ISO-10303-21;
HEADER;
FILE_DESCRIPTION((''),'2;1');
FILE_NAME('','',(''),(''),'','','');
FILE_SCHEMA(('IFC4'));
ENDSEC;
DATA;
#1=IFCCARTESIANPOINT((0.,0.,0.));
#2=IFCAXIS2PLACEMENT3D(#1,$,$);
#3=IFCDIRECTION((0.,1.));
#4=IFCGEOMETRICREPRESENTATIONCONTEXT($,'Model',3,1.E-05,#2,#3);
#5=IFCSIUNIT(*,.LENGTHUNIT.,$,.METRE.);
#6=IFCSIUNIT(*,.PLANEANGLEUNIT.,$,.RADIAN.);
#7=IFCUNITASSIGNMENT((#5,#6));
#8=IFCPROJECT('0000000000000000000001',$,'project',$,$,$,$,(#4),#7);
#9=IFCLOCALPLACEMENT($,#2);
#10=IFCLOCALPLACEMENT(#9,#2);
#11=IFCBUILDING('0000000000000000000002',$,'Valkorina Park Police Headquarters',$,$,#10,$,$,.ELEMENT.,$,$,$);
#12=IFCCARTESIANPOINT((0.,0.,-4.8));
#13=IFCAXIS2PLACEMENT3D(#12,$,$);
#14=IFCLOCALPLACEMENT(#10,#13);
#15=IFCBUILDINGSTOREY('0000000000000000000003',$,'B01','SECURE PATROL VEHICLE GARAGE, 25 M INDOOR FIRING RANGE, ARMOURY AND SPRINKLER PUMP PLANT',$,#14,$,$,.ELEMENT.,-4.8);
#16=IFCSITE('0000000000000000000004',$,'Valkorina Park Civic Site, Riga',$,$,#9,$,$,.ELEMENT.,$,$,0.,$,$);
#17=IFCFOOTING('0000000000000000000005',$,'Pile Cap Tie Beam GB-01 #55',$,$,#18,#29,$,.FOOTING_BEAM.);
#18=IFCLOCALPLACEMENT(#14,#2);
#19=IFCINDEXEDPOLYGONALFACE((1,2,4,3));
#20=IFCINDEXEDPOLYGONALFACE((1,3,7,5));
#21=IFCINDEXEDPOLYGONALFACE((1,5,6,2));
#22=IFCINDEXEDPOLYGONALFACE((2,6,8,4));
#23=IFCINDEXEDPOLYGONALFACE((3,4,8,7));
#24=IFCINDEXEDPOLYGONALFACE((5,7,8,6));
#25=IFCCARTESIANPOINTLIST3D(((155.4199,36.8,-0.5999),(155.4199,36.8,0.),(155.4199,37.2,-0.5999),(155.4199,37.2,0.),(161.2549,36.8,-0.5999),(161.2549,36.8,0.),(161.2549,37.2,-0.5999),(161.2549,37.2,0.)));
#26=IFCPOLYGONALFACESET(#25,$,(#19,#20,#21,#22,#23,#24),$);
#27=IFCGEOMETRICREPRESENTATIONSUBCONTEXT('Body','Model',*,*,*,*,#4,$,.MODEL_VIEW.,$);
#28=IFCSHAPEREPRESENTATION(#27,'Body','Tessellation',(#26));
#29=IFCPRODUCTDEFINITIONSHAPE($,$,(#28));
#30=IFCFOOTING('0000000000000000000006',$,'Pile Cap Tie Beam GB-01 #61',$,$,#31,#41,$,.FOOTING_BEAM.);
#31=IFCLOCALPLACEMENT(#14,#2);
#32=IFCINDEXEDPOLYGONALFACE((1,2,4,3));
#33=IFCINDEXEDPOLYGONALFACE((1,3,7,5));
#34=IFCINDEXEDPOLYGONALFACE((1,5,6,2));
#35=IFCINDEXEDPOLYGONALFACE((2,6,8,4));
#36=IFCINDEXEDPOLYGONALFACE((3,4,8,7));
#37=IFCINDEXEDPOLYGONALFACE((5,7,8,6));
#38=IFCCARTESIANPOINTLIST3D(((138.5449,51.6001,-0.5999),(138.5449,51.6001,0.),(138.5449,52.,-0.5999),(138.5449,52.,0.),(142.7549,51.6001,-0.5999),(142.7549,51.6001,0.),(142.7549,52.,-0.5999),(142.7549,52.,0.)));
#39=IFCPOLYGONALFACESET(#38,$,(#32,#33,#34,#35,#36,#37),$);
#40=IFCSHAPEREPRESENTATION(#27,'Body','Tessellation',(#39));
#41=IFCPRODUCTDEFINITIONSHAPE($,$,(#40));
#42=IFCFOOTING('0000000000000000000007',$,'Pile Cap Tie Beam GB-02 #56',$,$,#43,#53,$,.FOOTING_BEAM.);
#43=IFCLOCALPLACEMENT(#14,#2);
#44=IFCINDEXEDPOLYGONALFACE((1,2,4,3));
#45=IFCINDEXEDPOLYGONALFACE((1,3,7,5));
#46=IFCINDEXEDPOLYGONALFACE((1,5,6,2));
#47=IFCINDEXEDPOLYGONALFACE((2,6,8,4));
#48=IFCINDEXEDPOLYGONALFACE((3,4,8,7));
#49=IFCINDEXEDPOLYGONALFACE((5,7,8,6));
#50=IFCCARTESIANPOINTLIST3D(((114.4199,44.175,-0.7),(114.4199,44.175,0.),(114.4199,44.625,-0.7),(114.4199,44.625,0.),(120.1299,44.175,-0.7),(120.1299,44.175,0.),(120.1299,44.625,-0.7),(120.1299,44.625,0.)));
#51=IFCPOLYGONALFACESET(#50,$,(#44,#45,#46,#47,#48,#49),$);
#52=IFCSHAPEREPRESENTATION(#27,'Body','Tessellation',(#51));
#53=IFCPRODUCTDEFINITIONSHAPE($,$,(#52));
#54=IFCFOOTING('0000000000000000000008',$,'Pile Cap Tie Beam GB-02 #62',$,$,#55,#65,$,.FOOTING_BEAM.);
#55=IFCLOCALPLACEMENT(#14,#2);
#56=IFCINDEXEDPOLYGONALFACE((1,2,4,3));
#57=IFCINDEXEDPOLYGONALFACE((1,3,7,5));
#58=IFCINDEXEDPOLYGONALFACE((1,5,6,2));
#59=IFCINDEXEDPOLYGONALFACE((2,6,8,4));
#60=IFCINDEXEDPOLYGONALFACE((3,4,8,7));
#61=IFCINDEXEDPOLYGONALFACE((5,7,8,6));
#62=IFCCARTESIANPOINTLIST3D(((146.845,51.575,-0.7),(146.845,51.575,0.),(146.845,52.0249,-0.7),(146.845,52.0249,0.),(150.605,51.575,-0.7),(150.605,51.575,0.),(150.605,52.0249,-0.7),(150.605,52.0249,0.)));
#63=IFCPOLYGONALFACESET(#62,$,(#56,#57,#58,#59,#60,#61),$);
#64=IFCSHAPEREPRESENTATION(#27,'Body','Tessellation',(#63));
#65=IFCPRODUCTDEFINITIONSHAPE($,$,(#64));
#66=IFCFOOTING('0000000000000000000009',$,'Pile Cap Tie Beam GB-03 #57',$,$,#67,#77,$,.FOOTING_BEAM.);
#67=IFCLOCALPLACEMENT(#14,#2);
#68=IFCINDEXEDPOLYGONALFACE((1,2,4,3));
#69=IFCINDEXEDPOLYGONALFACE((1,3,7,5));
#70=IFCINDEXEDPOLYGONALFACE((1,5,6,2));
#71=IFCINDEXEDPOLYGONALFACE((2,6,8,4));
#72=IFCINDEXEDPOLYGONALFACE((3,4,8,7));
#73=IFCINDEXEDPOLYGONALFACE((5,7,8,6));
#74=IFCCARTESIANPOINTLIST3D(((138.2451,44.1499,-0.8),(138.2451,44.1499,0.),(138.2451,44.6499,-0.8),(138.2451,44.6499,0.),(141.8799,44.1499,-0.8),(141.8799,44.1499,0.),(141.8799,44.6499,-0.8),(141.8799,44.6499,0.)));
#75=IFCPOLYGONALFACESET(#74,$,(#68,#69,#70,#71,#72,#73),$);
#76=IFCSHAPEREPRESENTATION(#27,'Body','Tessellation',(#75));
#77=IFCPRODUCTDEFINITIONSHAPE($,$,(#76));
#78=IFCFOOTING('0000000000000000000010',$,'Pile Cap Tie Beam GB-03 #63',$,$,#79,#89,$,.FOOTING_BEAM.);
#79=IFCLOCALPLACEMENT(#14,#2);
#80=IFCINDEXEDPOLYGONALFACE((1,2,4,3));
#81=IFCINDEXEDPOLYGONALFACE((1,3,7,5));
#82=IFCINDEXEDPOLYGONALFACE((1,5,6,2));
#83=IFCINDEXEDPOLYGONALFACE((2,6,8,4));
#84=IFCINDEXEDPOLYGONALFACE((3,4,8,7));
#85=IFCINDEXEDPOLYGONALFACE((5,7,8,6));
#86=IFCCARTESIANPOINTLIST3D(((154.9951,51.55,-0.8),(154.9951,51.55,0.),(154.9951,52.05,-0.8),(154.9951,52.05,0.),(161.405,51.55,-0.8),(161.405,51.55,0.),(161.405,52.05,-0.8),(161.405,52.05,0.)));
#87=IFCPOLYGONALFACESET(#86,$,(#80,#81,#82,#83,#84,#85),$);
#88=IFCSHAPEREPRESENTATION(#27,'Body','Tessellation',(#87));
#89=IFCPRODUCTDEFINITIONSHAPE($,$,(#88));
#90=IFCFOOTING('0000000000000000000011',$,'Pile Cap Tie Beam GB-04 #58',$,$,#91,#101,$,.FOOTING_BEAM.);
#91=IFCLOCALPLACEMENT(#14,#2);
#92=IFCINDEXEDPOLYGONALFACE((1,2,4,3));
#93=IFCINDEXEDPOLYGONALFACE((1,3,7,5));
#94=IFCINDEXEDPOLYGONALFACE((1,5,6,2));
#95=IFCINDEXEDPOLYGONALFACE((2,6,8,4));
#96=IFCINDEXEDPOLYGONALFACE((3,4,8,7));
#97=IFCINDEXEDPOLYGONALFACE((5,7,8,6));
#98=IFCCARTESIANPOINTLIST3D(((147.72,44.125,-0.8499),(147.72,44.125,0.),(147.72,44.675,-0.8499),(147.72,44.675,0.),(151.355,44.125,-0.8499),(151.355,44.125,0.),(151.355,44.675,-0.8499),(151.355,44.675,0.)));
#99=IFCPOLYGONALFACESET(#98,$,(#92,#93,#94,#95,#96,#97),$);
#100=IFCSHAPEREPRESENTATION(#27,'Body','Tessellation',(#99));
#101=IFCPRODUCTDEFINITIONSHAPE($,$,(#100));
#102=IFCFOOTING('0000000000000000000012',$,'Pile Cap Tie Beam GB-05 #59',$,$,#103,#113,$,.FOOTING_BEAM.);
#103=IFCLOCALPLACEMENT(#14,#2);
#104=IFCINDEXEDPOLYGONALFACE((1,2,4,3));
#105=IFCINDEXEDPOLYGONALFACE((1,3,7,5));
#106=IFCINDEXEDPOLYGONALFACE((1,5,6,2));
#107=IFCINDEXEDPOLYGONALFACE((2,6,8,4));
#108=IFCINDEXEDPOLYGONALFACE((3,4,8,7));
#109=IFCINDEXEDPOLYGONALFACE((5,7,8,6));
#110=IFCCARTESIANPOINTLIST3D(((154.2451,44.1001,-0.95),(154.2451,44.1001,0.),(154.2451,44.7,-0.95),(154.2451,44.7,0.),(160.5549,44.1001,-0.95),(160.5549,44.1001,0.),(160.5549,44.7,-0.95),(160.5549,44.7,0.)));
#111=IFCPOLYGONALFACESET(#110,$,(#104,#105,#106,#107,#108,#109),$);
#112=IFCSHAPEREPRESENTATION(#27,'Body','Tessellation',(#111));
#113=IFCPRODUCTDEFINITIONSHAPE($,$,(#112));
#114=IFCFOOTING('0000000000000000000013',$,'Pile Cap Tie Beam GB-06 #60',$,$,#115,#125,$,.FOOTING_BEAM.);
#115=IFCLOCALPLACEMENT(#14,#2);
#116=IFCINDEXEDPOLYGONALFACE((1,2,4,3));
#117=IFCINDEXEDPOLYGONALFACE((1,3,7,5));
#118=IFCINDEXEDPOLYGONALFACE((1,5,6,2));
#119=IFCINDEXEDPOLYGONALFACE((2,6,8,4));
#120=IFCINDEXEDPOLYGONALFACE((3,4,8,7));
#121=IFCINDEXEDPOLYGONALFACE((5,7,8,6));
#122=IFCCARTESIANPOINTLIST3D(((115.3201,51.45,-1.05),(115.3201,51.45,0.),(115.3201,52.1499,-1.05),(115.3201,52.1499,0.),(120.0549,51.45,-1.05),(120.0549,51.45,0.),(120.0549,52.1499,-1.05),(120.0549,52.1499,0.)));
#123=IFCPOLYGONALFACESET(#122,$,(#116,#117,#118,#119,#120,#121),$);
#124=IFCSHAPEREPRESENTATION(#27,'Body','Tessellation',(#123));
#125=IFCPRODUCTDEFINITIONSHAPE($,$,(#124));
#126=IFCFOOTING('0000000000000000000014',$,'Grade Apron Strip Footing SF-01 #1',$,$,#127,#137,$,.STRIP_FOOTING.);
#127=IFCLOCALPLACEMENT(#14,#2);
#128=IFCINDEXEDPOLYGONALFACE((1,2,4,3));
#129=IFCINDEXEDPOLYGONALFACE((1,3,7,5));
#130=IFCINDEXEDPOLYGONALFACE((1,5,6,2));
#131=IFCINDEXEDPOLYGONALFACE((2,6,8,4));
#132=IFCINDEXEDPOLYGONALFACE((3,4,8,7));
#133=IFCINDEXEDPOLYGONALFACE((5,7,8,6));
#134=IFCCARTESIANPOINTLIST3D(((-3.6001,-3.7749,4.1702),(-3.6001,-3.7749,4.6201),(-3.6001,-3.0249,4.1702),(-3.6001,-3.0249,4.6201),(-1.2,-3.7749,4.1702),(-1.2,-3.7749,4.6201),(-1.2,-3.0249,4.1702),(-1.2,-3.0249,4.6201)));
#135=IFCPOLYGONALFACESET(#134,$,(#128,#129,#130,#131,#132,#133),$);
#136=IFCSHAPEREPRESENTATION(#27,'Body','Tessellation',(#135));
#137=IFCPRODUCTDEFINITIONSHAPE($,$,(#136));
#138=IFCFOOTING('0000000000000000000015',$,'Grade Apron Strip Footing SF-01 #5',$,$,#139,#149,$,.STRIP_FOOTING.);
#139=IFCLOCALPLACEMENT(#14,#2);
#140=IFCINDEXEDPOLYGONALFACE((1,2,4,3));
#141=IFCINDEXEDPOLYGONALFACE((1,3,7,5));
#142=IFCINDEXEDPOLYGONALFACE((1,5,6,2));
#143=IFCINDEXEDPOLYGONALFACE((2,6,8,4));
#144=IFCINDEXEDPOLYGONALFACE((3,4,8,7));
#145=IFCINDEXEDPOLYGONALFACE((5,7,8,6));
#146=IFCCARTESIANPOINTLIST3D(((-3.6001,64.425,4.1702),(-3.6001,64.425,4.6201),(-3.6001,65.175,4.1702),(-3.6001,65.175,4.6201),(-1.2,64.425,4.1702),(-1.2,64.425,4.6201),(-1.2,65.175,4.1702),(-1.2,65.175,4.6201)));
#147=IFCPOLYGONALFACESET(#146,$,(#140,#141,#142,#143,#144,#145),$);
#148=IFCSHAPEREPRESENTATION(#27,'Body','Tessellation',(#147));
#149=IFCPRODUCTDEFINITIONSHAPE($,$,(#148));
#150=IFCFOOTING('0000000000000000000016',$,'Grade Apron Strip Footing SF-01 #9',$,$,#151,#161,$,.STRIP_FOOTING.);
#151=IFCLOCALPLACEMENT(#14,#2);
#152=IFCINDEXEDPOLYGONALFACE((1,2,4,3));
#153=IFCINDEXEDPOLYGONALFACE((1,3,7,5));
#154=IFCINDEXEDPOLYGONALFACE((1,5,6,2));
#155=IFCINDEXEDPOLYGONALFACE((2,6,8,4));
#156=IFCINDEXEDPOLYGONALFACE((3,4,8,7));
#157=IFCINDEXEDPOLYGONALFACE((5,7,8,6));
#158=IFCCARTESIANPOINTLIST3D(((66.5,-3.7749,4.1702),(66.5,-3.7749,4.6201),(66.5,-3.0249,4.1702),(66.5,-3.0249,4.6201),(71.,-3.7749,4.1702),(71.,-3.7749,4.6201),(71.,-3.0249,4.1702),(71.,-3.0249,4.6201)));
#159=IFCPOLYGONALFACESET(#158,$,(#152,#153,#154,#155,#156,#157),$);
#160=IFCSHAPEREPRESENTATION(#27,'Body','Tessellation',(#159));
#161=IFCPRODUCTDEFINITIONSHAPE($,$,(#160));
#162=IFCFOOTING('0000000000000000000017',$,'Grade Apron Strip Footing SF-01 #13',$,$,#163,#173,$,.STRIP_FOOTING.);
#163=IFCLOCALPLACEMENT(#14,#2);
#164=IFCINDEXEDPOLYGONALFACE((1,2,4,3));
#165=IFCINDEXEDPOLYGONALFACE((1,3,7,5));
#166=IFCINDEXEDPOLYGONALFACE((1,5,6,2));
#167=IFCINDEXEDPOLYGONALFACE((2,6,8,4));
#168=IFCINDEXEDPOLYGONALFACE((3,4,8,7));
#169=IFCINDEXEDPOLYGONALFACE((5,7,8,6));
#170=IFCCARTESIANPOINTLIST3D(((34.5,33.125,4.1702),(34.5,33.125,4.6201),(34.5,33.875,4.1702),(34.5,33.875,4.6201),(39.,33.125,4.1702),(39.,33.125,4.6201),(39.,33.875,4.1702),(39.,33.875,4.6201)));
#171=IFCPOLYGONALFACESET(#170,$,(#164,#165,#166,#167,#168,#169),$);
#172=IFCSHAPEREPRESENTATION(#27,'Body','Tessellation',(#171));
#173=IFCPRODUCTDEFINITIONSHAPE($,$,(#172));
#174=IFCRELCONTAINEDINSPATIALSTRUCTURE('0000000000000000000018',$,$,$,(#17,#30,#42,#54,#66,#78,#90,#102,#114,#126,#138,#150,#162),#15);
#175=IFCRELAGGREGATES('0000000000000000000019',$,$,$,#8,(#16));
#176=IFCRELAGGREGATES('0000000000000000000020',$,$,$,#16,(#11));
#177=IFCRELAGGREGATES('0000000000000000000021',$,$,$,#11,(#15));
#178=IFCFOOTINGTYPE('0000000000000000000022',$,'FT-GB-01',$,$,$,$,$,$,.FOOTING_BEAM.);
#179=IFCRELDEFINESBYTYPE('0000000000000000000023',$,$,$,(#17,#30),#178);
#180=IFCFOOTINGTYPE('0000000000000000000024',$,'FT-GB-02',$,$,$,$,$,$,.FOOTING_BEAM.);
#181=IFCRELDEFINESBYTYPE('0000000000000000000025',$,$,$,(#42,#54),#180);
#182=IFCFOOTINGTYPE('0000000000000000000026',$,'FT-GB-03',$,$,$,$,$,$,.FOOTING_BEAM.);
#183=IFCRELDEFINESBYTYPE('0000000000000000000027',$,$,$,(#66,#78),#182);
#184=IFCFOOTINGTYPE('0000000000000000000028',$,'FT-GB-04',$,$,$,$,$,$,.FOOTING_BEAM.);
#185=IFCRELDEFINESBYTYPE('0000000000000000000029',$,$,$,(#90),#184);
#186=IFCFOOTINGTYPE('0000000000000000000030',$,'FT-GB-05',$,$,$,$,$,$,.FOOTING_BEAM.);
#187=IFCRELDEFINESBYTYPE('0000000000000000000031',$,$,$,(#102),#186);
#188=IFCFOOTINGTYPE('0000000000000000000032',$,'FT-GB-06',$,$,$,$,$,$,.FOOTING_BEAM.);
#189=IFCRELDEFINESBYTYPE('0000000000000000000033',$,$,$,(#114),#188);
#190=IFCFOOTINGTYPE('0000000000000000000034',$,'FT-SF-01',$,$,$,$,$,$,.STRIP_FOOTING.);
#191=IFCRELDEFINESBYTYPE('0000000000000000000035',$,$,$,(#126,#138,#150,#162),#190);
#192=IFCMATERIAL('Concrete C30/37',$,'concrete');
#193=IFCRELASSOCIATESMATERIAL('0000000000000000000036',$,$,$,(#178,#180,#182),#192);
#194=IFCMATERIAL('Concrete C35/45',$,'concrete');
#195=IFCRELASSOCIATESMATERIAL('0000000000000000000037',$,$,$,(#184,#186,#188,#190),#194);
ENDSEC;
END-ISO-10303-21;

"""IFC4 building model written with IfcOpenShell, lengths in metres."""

from ifc_helpers import new_model, si_unit, direction, frame, origin, origin_2d, place, context, subcontext, project, spatial, polyline, rectangle, outline, extrude, material, material_profile, profile_set, type_object, element, save


model = new_model("IFC4")

# Units and contexts
model_context = context("Model", 3, precision=1e-05, world=origin(), true_north=direction((0.0, 1.0)))
body_context = subcontext(model_context, "Body", "Model", "MODEL_VIEW")
ifc_project = project(units=[si_unit("LENGTHUNIT", "METRE"), si_unit("PLANEANGLEUNIT", "RADIAN")], contexts=[model_context])

# Site, building, storey
site_placement = place(None, origin())
site = spatial("IfcSite", under=ifc_project, at=site_placement, Name="Valkorina Park Civic Site, Riga", CompositionType="ELEMENT", RefElevation=0.0)
building_placement = place(site_placement, origin())
building = spatial("IfcBuilding", under=site, at=building_placement, Name="Valkorina Park Police Headquarters", CompositionType="ELEMENT")
storey_placement = place(building_placement, frame((0.0, 0.0, -4.8)))
storey = spatial("IfcBuildingStorey", under=building, at=storey_placement, Name="B01", Description="SECURE PATROL VEHICLE GARAGE, 25 M INDOOR FIRING RANGE, ARMOURY AND SPRINKLER PUMP PLANT", CompositionType="ELEMENT", Elevation=-4.8)

# Footings
ifc_material_1 = material(Name="Concrete C30/37", Category="concrete")
ifc_material_profile_1 = material_profile(ifc_material_1, rectangle(XDim=0.3999, YDim=0.6001, at=origin_2d()), Name="GB 400x600")
ifc_profile_set_1 = profile_set([ifc_material_profile_1], Name="Concrete C30/37")
footing_type_1 = type_object("IfcFootingType", Name="FT-GB-01", PredefinedType="FOOTING_BEAM", material=ifc_profile_set_1)
footing_1_placement = place(storey_placement, frame((0.0, 0.0, -0.5999)))
element("IfcFooting", 1, at=footing_1_placement, inside=storey, type_object=footing_type_1, Name="Pile Cap Tie Beam GB-01 #55", PredefinedType="FOOTING_BEAM", context=body_context, shape_type="SweptSolid", body=[
    extrude(outline(polyline([(161.2549, 36.8), (161.2549, 37.2), (155.4199, 37.2), (155.4199, 36.8), (161.2549, 36.8)])), origin(), (0.0, 0.0, 1.0), 0.5999),
])
footing_2_placement = place(storey_placement, frame((0.0, 0.0, -0.5999)))
element("IfcFooting", 2, at=footing_2_placement, inside=storey, type_object=footing_type_1, Name="Pile Cap Tie Beam GB-01 #61", PredefinedType="FOOTING_BEAM", context=body_context, shape_type="SweptSolid", body=[
    extrude(outline(polyline([(142.7549, 51.6001), (142.7549, 52.0), (138.5449, 52.0), (138.5449, 51.6001), (142.7549, 51.6001)])), origin(), (0.0, 0.0, 1.0), 0.5999),
])
ifc_material_profile_2 = material_profile(ifc_material_1, rectangle(XDim=0.45, YDim=0.7, at=origin_2d()), Name="GB 450x700")
ifc_profile_set_2 = profile_set([ifc_material_profile_2], Name="Concrete C30/37")
footing_type_2 = type_object("IfcFootingType", Name="FT-GB-02", PredefinedType="FOOTING_BEAM", material=ifc_profile_set_2)
footing_3_placement = place(storey_placement, frame((0.0, 0.0, -0.7)))
element("IfcFooting", 3, at=footing_3_placement, inside=storey, type_object=footing_type_2, Name="Pile Cap Tie Beam GB-02 #56", PredefinedType="FOOTING_BEAM", context=body_context, shape_type="SweptSolid", body=[
    extrude(outline(polyline([(120.1299, 44.175), (120.1299, 44.625), (114.4199, 44.625), (114.4199, 44.175), (120.1299, 44.175)])), origin(), (0.0, 0.0, 1.0), 0.7),
])
footing_4_placement = place(storey_placement, frame((0.0, 0.0, -0.7)))
element("IfcFooting", 4, at=footing_4_placement, inside=storey, type_object=footing_type_2, Name="Pile Cap Tie Beam GB-02 #62", PredefinedType="FOOTING_BEAM", context=body_context, shape_type="SweptSolid", body=[
    extrude(outline(polyline([(150.605, 51.575), (150.605, 52.0249), (146.845, 52.0249), (146.845, 51.575), (150.605, 51.575)])), origin(), (0.0, 0.0, 1.0), 0.7),
])
ifc_material_profile_3 = material_profile(ifc_material_1, rectangle(XDim=0.5, YDim=0.8, at=origin_2d()), Name="GB 500x800")
ifc_profile_set_3 = profile_set([ifc_material_profile_3], Name="Concrete C30/37")
footing_type_3 = type_object("IfcFootingType", Name="FT-GB-03", PredefinedType="FOOTING_BEAM", material=ifc_profile_set_3)
footing_5_placement = place(storey_placement, frame((0.0, 0.0, -0.8)))
element("IfcFooting", 5, at=footing_5_placement, inside=storey, type_object=footing_type_3, Name="Pile Cap Tie Beam GB-03 #57", PredefinedType="FOOTING_BEAM", context=body_context, shape_type="SweptSolid", body=[
    extrude(outline(polyline([(141.8799, 44.1499), (141.8799, 44.6499), (138.2451, 44.6499), (138.2451, 44.1499), (141.8799, 44.1499)])), origin(), (0.0, 0.0, 1.0), 0.8),
])
footing_6_placement = place(storey_placement, frame((0.0, 0.0, -0.8)))
element("IfcFooting", 6, at=footing_6_placement, inside=storey, type_object=footing_type_3, Name="Pile Cap Tie Beam GB-03 #63", PredefinedType="FOOTING_BEAM", context=body_context, shape_type="SweptSolid", body=[
    extrude(outline(polyline([(161.405, 51.55), (161.405, 52.05), (154.9951, 52.05), (154.9951, 51.55), (161.405, 51.55)])), origin(), (0.0, 0.0, 1.0), 0.8),
])
ifc_material_2 = material(Name="Concrete C35/45", Category="concrete")
ifc_material_profile_4 = material_profile(ifc_material_2, rectangle(XDim=0.55, YDim=0.8501, at=origin_2d()), Name="GB 550x850")
ifc_profile_set_4 = profile_set([ifc_material_profile_4], Name="Concrete C35/45")
footing_type_4 = type_object("IfcFootingType", Name="FT-GB-04", PredefinedType="FOOTING_BEAM", material=ifc_profile_set_4)
footing_7_placement = place(storey_placement, frame((0.0, 0.0, -0.8499)))
element("IfcFooting", 7, at=footing_7_placement, inside=storey, type_object=footing_type_4, Name="Pile Cap Tie Beam GB-04 #58", PredefinedType="FOOTING_BEAM", context=body_context, shape_type="SweptSolid", body=[
    extrude(outline(polyline([(151.355, 44.125), (151.355, 44.675), (147.72, 44.675), (147.72, 44.125), (151.355, 44.125)])), origin(), (0.0, 0.0, 1.0), 0.8499),
])
ifc_material_profile_5 = material_profile(ifc_material_2, rectangle(XDim=0.6001, YDim=0.95, at=origin_2d()), Name="GB 600x950")
ifc_profile_set_5 = profile_set([ifc_material_profile_5], Name="Concrete C35/45")
footing_type_5 = type_object("IfcFootingType", Name="FT-GB-05", PredefinedType="FOOTING_BEAM", material=ifc_profile_set_5)
footing_8_placement = place(storey_placement, frame((0.0, 0.0, -0.95)))
element("IfcFooting", 8, at=footing_8_placement, inside=storey, type_object=footing_type_5, Name="Pile Cap Tie Beam GB-05 #59", PredefinedType="FOOTING_BEAM", context=body_context, shape_type="SweptSolid", body=[
    extrude(outline(polyline([(160.5549, 44.1001), (160.5549, 44.7), (154.2451, 44.7), (154.2451, 44.1001), (160.5549, 44.1001)])), origin(), (0.0, 0.0, 1.0), 0.95),
])
ifc_material_profile_6 = material_profile(ifc_material_2, rectangle(XDim=0.7, YDim=1.05, at=origin_2d()), Name="GB 700x1050")
ifc_profile_set_6 = profile_set([ifc_material_profile_6], Name="Concrete C35/45")
footing_type_6 = type_object("IfcFootingType", Name="FT-GB-06", PredefinedType="FOOTING_BEAM", material=ifc_profile_set_6)
footing_9_placement = place(storey_placement, frame((0.0, 0.0, -1.05)))
element("IfcFooting", 9, at=footing_9_placement, inside=storey, type_object=footing_type_6, Name="Pile Cap Tie Beam GB-06 #60", PredefinedType="FOOTING_BEAM", context=body_context, shape_type="SweptSolid", body=[
    extrude(outline(polyline([(120.0549, 51.45), (120.0549, 52.1499), (115.3201, 52.1499), (115.3201, 51.45), (120.0549, 51.45)])), origin(), (0.0, 0.0, 1.0), 1.05),
])
ifc_material_profile_7 = material_profile(ifc_material_2, rectangle(XDim=0.75, YDim=0.45, at=origin_2d()), Name="SF 750x450")
ifc_profile_set_7 = profile_set([ifc_material_profile_7], Name="Concrete C35/45")
footing_type_7 = type_object("IfcFootingType", Name="FT-SF-01", PredefinedType="STRIP_FOOTING", material=ifc_profile_set_7)
footing_10_placement = place(storey_placement, frame((0.0, 0.0, 4.1702)))
element("IfcFooting", 10, at=footing_10_placement, inside=storey, type_object=footing_type_7, Name="Grade Apron Strip Footing SF-01 #1", PredefinedType="STRIP_FOOTING", context=body_context, shape_type="SweptSolid", body=[
    extrude(outline(polyline([(-1.2, -3.7749), (-1.2, -3.0249), (-3.6001, -3.0249), (-3.6001, -3.7749), (-1.2, -3.7749)])), origin(), (0.0, 0.0, 1.0), 0.45),
])
footing_11_placement = place(storey_placement, frame((0.0, 0.0, 4.1702)))
element("IfcFooting", 11, at=footing_11_placement, inside=storey, type_object=footing_type_7, Name="Grade Apron Strip Footing SF-01 #5", PredefinedType="STRIP_FOOTING", context=body_context, shape_type="SweptSolid", body=[
    extrude(outline(polyline([(-1.2, 64.425), (-1.2, 65.175), (-3.6001, 65.175), (-3.6001, 64.425), (-1.2, 64.425)])), origin(), (0.0, 0.0, 1.0), 0.45),
])
footing_12_placement = place(storey_placement, frame((0.0, 0.0, 4.1702)))
element("IfcFooting", 12, at=footing_12_placement, inside=storey, type_object=footing_type_7, Name="Grade Apron Strip Footing SF-01 #9", PredefinedType="STRIP_FOOTING", context=body_context, shape_type="SweptSolid", body=[
    extrude(outline(polyline([(71.0, -3.7749), (71.0, -3.0249), (66.5, -3.0249), (66.5, -3.7749), (71.0, -3.7749)])), origin(), (0.0, 0.0, 1.0), 0.45),
])
footing_13_placement = place(storey_placement, frame((0.0, 0.0, 4.1702)))
element("IfcFooting", 13, at=footing_13_placement, inside=storey, type_object=footing_type_7, Name="Grade Apron Strip Footing SF-01 #13", PredefinedType="STRIP_FOOTING", context=body_context, shape_type="SweptSolid", body=[
    extrude(outline(polyline([(39.0, 33.125), (39.0, 33.875), (34.5, 33.875), (34.5, 33.125), (39.0, 33.125)])), origin(), (0.0, 0.0, 1.0), 0.45),
])

save(model, "model.ifc")
